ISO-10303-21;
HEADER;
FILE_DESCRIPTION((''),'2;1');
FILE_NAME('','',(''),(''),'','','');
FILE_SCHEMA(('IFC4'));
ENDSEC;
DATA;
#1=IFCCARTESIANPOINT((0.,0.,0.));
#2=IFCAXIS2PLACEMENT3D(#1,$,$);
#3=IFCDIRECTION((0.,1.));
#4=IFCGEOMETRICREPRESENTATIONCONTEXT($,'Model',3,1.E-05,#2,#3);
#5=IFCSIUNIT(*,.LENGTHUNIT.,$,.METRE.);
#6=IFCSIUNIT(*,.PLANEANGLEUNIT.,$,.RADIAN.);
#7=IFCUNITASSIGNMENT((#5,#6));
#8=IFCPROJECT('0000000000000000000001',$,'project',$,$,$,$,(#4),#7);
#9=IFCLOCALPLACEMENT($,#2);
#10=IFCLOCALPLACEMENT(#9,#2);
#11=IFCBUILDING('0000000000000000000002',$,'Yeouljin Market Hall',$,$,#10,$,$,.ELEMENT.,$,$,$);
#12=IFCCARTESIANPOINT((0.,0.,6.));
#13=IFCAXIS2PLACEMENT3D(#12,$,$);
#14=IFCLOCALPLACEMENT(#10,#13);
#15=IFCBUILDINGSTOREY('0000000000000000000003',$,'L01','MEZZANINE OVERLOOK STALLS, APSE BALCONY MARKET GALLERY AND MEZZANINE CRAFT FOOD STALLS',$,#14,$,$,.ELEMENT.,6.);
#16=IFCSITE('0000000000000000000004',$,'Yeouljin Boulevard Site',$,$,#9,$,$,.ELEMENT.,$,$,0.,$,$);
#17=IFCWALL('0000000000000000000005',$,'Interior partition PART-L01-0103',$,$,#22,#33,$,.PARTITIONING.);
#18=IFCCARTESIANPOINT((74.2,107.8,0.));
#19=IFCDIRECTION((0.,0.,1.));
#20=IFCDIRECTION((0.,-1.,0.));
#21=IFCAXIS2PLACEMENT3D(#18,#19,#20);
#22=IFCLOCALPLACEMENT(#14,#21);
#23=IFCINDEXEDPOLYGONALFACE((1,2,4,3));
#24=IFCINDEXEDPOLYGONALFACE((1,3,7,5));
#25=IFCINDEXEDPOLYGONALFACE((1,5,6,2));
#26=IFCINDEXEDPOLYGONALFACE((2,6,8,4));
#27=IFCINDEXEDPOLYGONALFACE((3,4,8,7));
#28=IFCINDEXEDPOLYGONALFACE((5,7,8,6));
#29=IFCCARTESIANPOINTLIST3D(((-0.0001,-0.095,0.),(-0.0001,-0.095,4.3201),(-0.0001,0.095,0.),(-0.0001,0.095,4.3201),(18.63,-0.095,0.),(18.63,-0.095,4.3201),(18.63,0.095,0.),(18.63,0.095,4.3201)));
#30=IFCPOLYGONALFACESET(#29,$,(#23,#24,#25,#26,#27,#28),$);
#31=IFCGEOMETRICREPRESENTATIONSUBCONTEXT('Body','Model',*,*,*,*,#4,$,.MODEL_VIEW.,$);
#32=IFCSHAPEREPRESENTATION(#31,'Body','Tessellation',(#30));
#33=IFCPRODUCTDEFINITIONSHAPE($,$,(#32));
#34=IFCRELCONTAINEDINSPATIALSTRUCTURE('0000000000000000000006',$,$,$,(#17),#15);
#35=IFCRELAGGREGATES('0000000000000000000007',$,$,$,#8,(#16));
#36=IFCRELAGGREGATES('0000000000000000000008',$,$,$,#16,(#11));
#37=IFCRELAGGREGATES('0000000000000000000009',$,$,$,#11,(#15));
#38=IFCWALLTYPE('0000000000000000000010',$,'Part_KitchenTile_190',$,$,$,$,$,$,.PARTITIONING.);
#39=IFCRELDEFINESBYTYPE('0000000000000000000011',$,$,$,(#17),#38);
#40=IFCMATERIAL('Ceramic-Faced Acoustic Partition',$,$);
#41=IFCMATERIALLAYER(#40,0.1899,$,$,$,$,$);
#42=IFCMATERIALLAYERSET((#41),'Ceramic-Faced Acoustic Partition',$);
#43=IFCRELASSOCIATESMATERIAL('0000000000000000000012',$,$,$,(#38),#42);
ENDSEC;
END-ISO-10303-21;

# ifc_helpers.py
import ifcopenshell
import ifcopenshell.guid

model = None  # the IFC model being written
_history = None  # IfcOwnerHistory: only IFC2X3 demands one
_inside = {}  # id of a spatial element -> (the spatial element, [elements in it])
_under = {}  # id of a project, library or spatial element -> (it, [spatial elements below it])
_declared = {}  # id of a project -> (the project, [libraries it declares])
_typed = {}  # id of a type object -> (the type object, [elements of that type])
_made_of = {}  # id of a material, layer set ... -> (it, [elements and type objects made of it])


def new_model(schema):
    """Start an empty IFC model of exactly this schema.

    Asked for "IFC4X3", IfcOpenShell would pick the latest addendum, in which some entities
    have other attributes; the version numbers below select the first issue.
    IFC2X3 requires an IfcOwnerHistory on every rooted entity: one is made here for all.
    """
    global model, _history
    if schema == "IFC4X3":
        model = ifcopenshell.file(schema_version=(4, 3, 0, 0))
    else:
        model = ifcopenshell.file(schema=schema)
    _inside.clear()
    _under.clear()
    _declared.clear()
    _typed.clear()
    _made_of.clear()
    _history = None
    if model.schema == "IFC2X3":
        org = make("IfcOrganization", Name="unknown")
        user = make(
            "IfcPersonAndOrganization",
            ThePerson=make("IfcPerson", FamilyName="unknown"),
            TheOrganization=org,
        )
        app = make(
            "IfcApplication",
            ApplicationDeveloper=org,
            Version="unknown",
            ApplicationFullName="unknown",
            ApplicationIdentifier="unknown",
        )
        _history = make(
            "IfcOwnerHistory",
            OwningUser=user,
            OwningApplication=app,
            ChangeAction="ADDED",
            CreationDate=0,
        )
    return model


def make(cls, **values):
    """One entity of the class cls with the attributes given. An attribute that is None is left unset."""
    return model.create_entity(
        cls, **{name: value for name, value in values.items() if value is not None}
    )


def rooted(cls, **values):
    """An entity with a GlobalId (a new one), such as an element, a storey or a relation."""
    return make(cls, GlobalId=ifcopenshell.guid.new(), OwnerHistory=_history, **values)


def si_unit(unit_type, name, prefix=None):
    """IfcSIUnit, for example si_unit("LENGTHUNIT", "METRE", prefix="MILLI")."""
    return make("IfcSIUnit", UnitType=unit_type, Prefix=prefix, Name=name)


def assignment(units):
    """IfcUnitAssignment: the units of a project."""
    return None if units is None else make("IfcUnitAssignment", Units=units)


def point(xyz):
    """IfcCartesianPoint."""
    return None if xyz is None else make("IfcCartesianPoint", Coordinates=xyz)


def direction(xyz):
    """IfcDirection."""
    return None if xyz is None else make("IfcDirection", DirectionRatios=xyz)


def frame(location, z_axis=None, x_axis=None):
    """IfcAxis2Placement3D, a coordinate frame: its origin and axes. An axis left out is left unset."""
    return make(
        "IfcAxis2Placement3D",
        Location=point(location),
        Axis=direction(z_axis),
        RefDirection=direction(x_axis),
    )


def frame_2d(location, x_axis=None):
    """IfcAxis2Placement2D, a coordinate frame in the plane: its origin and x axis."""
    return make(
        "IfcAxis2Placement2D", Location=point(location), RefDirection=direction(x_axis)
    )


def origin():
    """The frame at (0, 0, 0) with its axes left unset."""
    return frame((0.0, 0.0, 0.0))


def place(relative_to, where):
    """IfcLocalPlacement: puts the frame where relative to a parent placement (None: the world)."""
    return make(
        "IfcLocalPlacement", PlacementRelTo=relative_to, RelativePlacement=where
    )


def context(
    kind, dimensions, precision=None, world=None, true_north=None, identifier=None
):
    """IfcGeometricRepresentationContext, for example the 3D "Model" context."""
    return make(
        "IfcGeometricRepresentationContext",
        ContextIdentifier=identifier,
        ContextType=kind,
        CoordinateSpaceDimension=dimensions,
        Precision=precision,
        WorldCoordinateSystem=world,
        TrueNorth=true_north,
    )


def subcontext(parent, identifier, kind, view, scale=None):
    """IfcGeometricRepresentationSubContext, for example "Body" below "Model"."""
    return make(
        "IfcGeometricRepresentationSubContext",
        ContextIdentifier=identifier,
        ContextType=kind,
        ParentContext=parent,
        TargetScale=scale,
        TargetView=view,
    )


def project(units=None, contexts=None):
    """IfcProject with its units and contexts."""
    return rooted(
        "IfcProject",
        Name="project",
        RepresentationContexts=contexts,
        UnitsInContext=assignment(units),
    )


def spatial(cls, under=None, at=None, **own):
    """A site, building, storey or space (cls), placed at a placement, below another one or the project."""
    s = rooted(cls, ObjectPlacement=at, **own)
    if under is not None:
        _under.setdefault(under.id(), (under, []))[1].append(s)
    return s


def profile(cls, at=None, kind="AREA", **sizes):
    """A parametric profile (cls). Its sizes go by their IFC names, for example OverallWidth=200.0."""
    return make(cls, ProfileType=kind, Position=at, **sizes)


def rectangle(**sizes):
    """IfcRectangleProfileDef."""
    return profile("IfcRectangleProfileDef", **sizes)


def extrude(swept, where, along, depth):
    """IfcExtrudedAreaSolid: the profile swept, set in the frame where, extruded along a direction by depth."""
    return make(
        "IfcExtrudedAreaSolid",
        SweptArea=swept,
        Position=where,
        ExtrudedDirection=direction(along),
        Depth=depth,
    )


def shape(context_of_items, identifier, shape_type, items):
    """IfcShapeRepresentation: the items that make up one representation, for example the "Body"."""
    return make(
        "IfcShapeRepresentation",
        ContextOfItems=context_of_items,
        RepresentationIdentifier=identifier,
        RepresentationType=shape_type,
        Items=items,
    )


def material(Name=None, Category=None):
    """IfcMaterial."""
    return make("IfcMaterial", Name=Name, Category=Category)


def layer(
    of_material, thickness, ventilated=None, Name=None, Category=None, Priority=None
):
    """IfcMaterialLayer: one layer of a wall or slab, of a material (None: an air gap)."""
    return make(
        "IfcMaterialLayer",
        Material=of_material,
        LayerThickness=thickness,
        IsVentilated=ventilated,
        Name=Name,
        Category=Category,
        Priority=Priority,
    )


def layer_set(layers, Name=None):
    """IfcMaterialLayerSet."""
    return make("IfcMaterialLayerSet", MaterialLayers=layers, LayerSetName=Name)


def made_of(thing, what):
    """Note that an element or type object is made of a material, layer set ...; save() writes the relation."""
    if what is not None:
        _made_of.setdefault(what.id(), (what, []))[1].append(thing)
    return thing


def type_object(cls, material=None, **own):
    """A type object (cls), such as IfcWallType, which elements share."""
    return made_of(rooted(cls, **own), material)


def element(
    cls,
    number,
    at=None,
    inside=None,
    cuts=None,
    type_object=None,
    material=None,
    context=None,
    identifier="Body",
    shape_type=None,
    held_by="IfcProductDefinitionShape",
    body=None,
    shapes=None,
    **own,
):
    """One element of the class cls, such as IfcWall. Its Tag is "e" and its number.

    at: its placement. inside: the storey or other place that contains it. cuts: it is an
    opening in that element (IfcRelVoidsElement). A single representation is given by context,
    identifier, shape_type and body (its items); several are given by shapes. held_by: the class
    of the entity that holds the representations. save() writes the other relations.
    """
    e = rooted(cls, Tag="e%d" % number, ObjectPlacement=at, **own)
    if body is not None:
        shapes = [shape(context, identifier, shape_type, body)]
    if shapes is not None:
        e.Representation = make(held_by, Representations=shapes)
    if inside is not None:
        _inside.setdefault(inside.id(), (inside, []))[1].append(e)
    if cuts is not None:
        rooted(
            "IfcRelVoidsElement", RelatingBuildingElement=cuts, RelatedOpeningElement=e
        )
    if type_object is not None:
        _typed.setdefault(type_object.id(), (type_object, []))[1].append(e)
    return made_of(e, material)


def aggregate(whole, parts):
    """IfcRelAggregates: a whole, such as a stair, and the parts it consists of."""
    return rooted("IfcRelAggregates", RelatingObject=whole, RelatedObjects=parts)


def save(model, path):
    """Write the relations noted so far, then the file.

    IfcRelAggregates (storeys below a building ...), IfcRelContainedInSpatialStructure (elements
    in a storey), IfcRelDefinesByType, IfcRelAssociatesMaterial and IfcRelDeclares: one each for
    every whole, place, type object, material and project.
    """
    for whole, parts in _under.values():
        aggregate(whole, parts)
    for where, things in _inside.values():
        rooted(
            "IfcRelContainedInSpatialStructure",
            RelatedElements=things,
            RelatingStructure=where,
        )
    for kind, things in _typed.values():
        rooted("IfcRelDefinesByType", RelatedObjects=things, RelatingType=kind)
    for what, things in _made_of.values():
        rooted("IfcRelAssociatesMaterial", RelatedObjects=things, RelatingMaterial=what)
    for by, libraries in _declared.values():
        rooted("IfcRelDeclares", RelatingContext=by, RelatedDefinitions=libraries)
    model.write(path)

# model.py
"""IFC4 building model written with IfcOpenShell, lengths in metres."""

from ifc_helpers import new_model, si_unit, direction, frame, frame_2d, origin, place, context, subcontext, project, spatial, rectangle, extrude, material, layer, layer_set, type_object, element, save


model = new_model("IFC4")

# Units and contexts
model_context = context("Model", 3, precision=1e-05, world=origin(), true_north=direction((0.0, 1.0)))
body_context = subcontext(model_context, "Body", "Model", "MODEL_VIEW")
ifc_project = project(units=[si_unit("LENGTHUNIT", "METRE"), si_unit("PLANEANGLEUNIT", "RADIAN")], contexts=[model_context])

# Site, building, storey
site_placement = place(None, origin())
site = spatial("IfcSite", under=ifc_project, at=site_placement, Name="Yeouljin Boulevard Site", CompositionType="ELEMENT", RefElevation=0.0)
building_placement = place(site_placement, origin())
building = spatial("IfcBuilding", under=site, at=building_placement, Name="Yeouljin Market Hall", CompositionType="ELEMENT")
storey_placement = place(building_placement, frame((0.0, 0.0, 6.0)))
storey = spatial("IfcBuildingStorey", under=building, at=storey_placement, Name="L01", Description="MEZZANINE OVERLOOK STALLS, APSE BALCONY MARKET GALLERY AND MEZZANINE CRAFT FOOD STALLS", CompositionType="ELEMENT", Elevation=6.0)

# Wall
ifc_material_1 = material(Name="Ceramic-Faced Acoustic Partition")
ifc_layer_1 = layer(ifc_material_1, 0.1899)
ifc_layer_set_1 = layer_set([ifc_layer_1], Name="Ceramic-Faced Acoustic Partition")
wall_type_1 = type_object("IfcWallType", Name="Part_KitchenTile_190", PredefinedType="PARTITIONING", material=ifc_layer_set_1)
wall_1_placement = place(storey_placement, frame((74.2, 107.8, 0.0), z_axis=(0.0, 0.0, 1.0), x_axis=(0.0, -1.0, 0.0)))
element("IfcWall", 1, at=wall_1_placement, inside=storey, type_object=wall_type_1, Name="Interior partition PART-L01-0103", PredefinedType="PARTITIONING", context=body_context, shape_type="SweptSolid", body=[
    extrude(rectangle(XDim=18.6301, YDim=0.1899, at=frame_2d((9.3149, 0.0))), origin(), (0.0, 0.0, 1.0), 4.3201),
])

save(model, "model.ifc")
